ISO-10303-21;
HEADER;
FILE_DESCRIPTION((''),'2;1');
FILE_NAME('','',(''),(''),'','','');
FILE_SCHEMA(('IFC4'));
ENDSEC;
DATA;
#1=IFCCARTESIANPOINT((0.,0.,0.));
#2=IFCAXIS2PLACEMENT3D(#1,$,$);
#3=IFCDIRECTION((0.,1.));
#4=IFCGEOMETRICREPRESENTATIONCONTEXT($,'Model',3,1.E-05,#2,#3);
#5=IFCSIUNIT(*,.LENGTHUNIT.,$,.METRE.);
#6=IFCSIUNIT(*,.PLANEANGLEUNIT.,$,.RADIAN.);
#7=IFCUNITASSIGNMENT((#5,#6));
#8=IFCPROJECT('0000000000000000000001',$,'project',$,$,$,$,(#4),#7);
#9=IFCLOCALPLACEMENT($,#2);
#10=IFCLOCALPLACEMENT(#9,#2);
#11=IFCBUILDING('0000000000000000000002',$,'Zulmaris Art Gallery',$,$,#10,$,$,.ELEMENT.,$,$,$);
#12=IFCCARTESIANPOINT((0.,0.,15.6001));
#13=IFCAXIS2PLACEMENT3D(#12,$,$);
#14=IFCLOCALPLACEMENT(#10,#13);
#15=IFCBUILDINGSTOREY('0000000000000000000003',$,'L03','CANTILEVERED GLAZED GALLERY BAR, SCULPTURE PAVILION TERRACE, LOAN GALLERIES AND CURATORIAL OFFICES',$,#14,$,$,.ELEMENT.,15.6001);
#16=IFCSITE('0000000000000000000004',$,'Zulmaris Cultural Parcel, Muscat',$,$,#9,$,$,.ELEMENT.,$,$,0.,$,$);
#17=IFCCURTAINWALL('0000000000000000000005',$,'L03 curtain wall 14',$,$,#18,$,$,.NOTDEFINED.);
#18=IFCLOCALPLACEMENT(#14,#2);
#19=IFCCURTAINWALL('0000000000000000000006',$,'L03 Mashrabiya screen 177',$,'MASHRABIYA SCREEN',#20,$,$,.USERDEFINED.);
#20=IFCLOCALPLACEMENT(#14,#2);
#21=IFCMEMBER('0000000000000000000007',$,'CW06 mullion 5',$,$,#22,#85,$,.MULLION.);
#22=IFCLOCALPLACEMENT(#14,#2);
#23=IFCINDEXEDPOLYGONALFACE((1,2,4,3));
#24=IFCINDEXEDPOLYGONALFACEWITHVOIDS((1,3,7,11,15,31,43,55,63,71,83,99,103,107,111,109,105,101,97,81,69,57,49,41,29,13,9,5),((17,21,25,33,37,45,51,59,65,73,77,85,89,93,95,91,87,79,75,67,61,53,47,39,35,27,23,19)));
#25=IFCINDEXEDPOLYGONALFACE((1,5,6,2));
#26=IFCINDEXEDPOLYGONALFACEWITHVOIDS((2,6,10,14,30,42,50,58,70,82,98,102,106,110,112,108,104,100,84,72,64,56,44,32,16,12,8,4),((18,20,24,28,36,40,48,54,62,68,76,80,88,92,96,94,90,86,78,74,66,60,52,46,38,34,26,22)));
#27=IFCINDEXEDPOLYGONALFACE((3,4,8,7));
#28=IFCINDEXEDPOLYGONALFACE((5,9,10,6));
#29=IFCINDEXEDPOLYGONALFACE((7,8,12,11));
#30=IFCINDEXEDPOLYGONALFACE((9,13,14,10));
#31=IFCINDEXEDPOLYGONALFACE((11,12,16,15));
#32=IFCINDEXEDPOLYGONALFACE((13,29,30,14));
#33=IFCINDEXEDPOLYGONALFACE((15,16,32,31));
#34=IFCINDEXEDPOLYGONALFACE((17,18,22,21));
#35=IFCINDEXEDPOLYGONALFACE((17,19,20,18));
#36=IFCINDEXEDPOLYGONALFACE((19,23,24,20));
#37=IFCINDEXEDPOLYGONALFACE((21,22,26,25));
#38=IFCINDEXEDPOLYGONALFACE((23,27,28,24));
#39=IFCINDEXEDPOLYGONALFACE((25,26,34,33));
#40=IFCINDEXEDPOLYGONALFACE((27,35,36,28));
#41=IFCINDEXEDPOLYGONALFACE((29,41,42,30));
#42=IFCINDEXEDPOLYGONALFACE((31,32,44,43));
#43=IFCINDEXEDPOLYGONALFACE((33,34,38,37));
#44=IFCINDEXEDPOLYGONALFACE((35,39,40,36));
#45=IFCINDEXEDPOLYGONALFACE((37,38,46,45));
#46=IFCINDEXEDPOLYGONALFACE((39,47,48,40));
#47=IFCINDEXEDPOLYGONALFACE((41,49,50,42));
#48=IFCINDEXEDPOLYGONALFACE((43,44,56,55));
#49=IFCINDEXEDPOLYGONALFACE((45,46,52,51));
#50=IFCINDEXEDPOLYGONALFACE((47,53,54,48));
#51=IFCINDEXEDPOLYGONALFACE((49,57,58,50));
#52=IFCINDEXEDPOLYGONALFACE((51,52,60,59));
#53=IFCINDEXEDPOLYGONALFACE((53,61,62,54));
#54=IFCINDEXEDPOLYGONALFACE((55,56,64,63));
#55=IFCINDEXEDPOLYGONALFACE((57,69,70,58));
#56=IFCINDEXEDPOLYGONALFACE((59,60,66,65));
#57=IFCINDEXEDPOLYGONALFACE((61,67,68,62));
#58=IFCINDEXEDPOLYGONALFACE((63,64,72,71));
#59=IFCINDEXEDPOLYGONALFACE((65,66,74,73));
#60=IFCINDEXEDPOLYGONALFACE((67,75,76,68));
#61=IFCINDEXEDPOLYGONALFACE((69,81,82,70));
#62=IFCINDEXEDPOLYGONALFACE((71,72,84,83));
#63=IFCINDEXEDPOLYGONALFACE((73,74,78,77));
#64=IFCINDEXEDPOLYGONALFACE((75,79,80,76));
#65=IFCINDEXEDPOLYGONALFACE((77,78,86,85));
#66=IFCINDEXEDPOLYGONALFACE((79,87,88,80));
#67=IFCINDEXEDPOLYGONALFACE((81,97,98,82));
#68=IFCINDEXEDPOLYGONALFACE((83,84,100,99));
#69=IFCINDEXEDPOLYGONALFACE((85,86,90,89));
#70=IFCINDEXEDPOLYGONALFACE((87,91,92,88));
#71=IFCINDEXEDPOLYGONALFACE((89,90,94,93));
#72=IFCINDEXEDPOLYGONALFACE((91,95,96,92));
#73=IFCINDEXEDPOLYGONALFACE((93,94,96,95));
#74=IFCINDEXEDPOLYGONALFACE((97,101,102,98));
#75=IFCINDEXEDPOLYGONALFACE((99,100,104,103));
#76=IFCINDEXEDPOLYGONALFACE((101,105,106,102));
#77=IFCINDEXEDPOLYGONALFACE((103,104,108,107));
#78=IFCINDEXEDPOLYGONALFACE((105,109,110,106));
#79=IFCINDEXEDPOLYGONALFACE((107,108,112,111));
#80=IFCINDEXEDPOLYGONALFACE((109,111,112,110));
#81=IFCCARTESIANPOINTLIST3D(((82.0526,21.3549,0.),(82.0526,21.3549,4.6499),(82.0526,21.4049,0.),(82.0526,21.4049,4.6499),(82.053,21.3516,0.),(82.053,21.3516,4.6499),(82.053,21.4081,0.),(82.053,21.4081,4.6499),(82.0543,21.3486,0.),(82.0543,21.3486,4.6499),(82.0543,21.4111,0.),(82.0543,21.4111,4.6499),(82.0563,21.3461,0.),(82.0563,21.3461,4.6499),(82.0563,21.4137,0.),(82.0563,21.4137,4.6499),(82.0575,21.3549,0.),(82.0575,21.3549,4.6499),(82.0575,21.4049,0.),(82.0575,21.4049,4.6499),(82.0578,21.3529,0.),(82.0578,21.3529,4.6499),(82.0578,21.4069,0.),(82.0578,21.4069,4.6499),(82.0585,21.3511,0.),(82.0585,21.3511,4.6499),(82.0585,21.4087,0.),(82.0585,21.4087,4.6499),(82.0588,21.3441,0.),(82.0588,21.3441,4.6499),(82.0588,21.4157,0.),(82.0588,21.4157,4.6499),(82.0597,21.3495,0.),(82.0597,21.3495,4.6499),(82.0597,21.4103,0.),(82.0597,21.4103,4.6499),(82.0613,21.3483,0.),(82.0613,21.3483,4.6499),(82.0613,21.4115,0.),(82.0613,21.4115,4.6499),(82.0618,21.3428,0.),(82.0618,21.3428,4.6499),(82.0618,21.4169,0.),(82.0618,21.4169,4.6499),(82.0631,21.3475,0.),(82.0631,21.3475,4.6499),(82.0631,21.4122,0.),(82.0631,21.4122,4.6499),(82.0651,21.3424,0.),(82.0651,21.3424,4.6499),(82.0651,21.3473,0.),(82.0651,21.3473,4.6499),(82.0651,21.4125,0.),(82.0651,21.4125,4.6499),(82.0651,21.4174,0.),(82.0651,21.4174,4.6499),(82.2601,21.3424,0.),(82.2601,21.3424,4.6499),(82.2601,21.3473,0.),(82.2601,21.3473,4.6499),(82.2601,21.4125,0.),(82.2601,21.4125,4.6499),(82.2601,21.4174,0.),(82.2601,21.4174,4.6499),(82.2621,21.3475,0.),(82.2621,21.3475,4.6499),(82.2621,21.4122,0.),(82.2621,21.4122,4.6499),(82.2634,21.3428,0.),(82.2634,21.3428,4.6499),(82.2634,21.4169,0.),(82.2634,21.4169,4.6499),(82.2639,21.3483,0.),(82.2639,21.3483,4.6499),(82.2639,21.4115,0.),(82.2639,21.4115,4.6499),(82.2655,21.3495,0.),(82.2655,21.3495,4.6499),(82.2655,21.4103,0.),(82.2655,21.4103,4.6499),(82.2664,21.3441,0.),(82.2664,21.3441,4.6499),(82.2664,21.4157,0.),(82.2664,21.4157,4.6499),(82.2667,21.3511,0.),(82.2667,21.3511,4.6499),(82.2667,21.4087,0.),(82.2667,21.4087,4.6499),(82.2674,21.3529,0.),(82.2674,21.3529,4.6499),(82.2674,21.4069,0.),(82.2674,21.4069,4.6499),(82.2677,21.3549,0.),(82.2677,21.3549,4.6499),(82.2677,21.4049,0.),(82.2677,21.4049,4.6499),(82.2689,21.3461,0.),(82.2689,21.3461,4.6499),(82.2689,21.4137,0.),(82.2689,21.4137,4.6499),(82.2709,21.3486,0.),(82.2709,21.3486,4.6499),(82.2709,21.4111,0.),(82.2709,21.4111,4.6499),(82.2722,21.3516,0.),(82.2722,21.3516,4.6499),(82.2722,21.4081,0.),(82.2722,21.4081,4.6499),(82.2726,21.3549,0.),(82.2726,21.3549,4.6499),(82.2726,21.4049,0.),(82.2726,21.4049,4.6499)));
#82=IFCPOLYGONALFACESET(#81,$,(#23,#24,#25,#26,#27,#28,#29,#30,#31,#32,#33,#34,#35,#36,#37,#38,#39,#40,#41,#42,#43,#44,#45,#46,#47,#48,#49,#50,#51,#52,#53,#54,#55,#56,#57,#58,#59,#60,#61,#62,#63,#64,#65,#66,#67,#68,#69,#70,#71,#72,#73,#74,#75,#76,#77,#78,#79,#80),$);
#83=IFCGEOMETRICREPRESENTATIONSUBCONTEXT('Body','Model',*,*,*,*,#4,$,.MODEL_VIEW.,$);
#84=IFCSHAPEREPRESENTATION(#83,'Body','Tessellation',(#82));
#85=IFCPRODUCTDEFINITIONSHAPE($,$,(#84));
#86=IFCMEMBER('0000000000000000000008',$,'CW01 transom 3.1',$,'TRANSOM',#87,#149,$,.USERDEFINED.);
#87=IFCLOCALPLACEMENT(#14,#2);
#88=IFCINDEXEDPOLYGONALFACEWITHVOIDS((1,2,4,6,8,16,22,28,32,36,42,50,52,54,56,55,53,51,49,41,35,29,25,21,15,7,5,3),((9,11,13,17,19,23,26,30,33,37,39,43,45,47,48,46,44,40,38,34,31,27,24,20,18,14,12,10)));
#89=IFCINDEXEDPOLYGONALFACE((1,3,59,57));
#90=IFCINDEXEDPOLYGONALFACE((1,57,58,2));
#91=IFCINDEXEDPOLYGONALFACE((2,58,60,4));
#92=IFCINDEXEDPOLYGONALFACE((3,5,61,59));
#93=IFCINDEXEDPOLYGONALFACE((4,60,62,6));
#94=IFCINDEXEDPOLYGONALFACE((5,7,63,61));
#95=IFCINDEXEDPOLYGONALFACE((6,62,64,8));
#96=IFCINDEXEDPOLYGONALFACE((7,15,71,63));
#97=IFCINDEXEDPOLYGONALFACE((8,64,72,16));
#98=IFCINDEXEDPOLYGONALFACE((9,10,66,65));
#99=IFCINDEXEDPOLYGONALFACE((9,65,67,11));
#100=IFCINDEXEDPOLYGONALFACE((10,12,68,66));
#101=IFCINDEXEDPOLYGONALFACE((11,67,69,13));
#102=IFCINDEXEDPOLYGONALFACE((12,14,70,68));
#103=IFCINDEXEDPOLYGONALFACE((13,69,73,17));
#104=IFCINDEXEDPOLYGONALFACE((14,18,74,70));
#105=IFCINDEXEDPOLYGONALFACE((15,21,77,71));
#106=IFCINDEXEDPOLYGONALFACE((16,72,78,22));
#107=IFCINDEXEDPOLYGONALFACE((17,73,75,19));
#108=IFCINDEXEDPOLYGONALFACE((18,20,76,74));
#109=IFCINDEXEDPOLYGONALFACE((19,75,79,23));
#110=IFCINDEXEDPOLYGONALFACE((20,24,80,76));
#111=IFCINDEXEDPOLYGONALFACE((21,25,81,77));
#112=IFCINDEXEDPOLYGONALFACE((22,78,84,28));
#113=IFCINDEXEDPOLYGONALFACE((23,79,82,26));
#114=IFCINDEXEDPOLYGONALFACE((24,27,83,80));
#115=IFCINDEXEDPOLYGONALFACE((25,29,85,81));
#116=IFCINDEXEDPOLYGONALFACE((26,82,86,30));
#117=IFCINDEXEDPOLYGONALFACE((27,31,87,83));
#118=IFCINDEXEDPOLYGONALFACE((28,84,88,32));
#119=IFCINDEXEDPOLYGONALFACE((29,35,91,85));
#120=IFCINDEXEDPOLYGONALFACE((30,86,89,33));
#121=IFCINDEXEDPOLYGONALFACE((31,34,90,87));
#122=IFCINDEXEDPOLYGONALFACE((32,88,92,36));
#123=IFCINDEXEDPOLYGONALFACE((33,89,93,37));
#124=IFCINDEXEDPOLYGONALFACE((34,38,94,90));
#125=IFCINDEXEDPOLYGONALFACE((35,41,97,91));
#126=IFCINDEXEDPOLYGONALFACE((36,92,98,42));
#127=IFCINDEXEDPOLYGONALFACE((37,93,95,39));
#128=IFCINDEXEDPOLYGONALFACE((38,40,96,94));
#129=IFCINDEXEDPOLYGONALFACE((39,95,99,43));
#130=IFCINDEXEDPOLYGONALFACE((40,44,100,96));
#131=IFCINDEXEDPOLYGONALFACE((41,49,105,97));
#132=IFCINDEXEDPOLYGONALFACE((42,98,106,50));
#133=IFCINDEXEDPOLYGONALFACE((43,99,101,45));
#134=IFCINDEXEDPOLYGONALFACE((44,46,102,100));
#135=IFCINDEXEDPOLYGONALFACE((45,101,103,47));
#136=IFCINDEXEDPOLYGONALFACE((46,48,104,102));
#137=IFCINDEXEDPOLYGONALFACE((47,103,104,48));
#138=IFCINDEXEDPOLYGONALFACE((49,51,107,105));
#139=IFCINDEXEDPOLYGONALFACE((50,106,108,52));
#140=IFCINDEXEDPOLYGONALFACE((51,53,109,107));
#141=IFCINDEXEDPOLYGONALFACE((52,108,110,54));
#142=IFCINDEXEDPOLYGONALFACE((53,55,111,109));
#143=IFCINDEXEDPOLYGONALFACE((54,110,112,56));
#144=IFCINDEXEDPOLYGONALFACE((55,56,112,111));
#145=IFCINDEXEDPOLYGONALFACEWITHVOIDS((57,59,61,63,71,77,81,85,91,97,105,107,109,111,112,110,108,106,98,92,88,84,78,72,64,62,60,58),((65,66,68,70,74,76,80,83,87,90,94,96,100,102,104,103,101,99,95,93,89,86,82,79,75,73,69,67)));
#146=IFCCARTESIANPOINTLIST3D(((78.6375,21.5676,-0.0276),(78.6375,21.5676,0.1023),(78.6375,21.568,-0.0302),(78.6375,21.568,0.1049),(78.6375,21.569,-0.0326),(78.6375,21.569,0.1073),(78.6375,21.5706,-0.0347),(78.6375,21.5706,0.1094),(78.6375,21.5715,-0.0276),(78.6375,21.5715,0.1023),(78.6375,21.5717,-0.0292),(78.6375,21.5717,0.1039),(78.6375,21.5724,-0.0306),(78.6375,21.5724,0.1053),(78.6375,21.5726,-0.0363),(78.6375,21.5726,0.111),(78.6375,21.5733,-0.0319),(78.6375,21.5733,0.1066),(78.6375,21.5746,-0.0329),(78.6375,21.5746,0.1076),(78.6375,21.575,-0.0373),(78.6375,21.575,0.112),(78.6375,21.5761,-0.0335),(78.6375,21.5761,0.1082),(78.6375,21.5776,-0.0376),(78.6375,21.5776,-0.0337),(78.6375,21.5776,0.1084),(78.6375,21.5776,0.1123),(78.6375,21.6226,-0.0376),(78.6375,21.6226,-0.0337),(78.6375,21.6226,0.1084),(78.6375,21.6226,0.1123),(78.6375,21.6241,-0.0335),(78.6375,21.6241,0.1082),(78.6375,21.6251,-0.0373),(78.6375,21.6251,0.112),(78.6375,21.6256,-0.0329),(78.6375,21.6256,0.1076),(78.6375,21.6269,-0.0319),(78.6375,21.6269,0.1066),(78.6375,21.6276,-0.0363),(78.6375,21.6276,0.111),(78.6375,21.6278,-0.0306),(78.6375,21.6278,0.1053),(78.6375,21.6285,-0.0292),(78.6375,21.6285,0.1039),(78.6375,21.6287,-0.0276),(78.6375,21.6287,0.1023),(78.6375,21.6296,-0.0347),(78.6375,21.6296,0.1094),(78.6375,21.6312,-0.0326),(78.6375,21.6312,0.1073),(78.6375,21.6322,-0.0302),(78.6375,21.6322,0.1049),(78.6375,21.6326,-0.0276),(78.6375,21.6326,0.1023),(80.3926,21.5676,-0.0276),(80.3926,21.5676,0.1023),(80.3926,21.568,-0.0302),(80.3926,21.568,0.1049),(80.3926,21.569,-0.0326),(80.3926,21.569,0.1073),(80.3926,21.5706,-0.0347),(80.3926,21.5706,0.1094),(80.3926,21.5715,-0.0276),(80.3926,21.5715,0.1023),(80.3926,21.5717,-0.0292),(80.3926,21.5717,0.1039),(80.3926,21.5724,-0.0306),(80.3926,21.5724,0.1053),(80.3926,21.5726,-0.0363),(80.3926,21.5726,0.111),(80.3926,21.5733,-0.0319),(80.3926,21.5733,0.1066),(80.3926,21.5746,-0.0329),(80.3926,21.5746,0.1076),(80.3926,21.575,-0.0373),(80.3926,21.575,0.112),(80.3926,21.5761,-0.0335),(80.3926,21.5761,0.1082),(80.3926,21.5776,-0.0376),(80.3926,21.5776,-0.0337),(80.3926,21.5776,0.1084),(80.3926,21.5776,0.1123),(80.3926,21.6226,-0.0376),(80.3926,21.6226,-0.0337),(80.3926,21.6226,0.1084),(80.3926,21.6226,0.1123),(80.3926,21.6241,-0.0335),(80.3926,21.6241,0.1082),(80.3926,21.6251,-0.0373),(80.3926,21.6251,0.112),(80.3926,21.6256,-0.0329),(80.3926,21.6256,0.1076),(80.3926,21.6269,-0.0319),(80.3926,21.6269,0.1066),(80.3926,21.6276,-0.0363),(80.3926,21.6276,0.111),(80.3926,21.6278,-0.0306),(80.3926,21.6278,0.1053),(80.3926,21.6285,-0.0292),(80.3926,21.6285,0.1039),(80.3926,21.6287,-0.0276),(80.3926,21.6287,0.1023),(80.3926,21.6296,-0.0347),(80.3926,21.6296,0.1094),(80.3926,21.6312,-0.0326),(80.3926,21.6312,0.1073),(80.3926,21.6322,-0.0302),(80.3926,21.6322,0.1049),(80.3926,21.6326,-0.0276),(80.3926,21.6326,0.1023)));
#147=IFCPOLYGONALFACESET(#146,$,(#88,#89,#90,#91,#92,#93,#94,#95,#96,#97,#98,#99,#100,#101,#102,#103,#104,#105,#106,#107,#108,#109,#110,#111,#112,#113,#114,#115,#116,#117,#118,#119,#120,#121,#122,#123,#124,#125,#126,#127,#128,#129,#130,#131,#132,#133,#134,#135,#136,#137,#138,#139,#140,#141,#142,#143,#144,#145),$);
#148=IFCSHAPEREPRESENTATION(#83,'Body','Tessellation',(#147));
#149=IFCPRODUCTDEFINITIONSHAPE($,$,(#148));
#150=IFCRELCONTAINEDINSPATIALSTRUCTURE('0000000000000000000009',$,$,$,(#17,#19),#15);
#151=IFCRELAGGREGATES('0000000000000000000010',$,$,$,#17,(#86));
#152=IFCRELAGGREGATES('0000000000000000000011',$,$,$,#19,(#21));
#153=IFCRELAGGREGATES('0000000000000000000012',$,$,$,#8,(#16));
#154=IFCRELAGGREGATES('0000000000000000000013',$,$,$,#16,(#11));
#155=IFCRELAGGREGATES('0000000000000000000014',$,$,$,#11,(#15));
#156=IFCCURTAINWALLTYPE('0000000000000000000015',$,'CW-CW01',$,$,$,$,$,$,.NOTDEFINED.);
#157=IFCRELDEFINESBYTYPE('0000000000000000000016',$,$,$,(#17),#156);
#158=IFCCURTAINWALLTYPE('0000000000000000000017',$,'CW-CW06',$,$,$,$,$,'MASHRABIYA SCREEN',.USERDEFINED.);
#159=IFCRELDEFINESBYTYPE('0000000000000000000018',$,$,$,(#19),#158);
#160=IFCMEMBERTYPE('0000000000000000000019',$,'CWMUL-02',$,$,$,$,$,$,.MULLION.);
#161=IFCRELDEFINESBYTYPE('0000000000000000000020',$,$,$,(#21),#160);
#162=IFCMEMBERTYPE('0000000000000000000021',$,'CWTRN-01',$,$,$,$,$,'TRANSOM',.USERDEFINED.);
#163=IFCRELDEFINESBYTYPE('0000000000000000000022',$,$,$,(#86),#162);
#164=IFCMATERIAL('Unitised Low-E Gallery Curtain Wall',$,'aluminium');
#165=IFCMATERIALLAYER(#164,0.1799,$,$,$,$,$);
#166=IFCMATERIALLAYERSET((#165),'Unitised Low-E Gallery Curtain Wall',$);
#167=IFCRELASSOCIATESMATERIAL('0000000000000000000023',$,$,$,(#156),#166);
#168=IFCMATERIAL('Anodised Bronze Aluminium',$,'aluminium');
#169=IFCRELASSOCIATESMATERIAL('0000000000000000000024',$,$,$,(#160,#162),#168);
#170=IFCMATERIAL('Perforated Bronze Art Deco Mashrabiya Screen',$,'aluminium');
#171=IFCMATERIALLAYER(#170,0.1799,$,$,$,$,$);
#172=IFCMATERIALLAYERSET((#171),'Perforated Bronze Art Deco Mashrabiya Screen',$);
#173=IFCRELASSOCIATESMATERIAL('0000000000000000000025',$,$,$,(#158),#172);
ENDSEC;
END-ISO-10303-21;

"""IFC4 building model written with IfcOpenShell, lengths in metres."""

from ifc_helpers import new_model, si_unit, direction, frame, origin, origin_2d, place, context, subcontext, project, spatial, hollow_rectangle, extrude, material, layer, layer_set, material_profile, profile_set, type_object, element, aggregate, save


model = new_model("IFC4")

# Units and contexts
model_context = context("Model", 3, precision=1e-05, world=origin(), true_north=direction((0.0, 1.0)))
body_context = subcontext(model_context, "Body", "Model", "MODEL_VIEW")
ifc_project = project(units=[si_unit("LENGTHUNIT", "METRE"), si_unit("PLANEANGLEUNIT", "RADIAN")], contexts=[model_context])

# Site, building, storey
site_placement = place(None, origin())
site = spatial("IfcSite", under=ifc_project, at=site_placement, Name="Zulmaris Cultural Parcel, Muscat", CompositionType="ELEMENT", RefElevation=0.0)
building_placement = place(site_placement, origin())
building = spatial("IfcBuilding", under=site, at=building_placement, Name="Zulmaris Art Gallery", CompositionType="ELEMENT")
storey_placement = place(building_placement, frame((0.0, 0.0, 15.6001)))
storey = spatial("IfcBuildingStorey", under=building, at=storey_placement, Name="L03", Description="CANTILEVERED GLAZED GALLERY BAR, SCULPTURE PAVILION TERRACE, LOAN GALLERIES AND CURATORIAL OFFICES", CompositionType="ELEMENT", Elevation=15.6001)

# Curtain walls, member
ifc_material_1 = material(Name="Unitised Low-E Gallery Curtain Wall", Category="aluminium")
ifc_layer_1 = layer(ifc_material_1, 0.1799)
ifc_layer_set_1 = layer_set([ifc_layer_1], Name="Unitised Low-E Gallery Curtain Wall")
curtain_wall_type_1 = type_object("IfcCurtainWallType", Name="CW-CW01", PredefinedType="NOTDEFINED", material=ifc_layer_set_1)
curtain_wall_1_placement = place(storey_placement, origin())
curtain_wall_1 = element("IfcCurtainWall", 1, at=curtain_wall_1_placement, inside=storey, type_object=curtain_wall_type_1, Name="L03 curtain wall 14", PredefinedType="NOTDEFINED")
ifc_material_2 = material(Name="Anodised Bronze Aluminium", Category="aluminium")
ifc_material_profile_1 = material_profile(ifc_material_2, hollow_rectangle(XDim=0.075, YDim=0.22, WallThickness=0.0049, InnerFilletRadius=0.0076, OuterFilletRadius=0.0125, at=origin_2d()), Name="ALU 75x220x5")
ifc_profile_set_1 = profile_set([ifc_material_profile_1], Name="Anodised Bronze Aluminium")
member_type_1 = type_object("IfcMemberType", Name="CWMUL-02", PredefinedType="MULLION", material=ifc_profile_set_1)
ifc_material_3 = material(Name="Perforated Bronze Art Deco Mashrabiya Screen", Category="aluminium")
ifc_layer_2 = layer(ifc_material_3, 0.1799)
ifc_layer_set_2 = layer_set([ifc_layer_2], Name="Perforated Bronze Art Deco Mashrabiya Screen")
curtain_wall_type_2 = type_object("IfcCurtainWallType", Name="CW-CW06", ElementType="MASHRABIYA SCREEN", PredefinedType="USERDEFINED", material=ifc_layer_set_2)
curtain_wall_2_placement = place(storey_placement, origin())
curtain_wall_2 = element("IfcCurtainWall", 2, at=curtain_wall_2_placement, inside=storey, type_object=curtain_wall_type_2, Name="L03 Mashrabiya screen 177", ObjectType="MASHRABIYA SCREEN", PredefinedType="USERDEFINED")
member_1_placement = place(storey_placement, frame((82.1626, 21.3799, 0.0), z_axis=(0.0, 0.0, 1.0), x_axis=(0.0, 1.0, 0.0)))
member_1 = element("IfcMember", 3, at=member_1_placement, type_object=member_type_1, Name="CW06 mullion 5", PredefinedType="MULLION", context=body_context, shape_type="SweptSolid", body=[
    extrude(hollow_rectangle(XDim=0.075, YDim=0.22, WallThickness=0.0049, InnerFilletRadius=0.0076, OuterFilletRadius=0.0125, at=origin_2d()), origin(), (0.0, 0.0, 1.0), 4.6499),
])

# Member
ifc_material_profile_2 = material_profile(ifc_material_2, hollow_rectangle(XDim=0.0649, YDim=0.1499, WallThickness=0.0039, InnerFilletRadius=0.0061, OuterFilletRadius=0.01, at=origin_2d()), Name="ALU 65x150x4")
ifc_profile_set_2 = profile_set([ifc_material_profile_2], Name="Anodised Bronze Aluminium")
member_type_2 = type_object("IfcMemberType", Name="CWTRN-01", ElementType="TRANSOM", PredefinedType="USERDEFINED", material=ifc_profile_set_2)
member_2_placement = place(storey_placement, frame((78.6375, 21.6001, 0.0374), z_axis=(1.0, 0.0, 0.0), x_axis=(0.0, 1.0, 0.0)))
member_2 = element("IfcMember", 4, at=member_2_placement, type_object=member_type_2, Name="CW01 transom 3.1", ObjectType="TRANSOM", PredefinedType="USERDEFINED", context=body_context, shape_type="SweptSolid", body=[
    extrude(hollow_rectangle(XDim=0.0649, YDim=0.1499, WallThickness=0.0039, InnerFilletRadius=0.0061, OuterFilletRadius=0.01, at=origin_2d()), origin(), (0.0, 0.0, 1.0), 1.7551),
])

aggregate(curtain_wall_1, [member_2])
aggregate(curtain_wall_2, [member_1])

save(model, "model.ifc")
